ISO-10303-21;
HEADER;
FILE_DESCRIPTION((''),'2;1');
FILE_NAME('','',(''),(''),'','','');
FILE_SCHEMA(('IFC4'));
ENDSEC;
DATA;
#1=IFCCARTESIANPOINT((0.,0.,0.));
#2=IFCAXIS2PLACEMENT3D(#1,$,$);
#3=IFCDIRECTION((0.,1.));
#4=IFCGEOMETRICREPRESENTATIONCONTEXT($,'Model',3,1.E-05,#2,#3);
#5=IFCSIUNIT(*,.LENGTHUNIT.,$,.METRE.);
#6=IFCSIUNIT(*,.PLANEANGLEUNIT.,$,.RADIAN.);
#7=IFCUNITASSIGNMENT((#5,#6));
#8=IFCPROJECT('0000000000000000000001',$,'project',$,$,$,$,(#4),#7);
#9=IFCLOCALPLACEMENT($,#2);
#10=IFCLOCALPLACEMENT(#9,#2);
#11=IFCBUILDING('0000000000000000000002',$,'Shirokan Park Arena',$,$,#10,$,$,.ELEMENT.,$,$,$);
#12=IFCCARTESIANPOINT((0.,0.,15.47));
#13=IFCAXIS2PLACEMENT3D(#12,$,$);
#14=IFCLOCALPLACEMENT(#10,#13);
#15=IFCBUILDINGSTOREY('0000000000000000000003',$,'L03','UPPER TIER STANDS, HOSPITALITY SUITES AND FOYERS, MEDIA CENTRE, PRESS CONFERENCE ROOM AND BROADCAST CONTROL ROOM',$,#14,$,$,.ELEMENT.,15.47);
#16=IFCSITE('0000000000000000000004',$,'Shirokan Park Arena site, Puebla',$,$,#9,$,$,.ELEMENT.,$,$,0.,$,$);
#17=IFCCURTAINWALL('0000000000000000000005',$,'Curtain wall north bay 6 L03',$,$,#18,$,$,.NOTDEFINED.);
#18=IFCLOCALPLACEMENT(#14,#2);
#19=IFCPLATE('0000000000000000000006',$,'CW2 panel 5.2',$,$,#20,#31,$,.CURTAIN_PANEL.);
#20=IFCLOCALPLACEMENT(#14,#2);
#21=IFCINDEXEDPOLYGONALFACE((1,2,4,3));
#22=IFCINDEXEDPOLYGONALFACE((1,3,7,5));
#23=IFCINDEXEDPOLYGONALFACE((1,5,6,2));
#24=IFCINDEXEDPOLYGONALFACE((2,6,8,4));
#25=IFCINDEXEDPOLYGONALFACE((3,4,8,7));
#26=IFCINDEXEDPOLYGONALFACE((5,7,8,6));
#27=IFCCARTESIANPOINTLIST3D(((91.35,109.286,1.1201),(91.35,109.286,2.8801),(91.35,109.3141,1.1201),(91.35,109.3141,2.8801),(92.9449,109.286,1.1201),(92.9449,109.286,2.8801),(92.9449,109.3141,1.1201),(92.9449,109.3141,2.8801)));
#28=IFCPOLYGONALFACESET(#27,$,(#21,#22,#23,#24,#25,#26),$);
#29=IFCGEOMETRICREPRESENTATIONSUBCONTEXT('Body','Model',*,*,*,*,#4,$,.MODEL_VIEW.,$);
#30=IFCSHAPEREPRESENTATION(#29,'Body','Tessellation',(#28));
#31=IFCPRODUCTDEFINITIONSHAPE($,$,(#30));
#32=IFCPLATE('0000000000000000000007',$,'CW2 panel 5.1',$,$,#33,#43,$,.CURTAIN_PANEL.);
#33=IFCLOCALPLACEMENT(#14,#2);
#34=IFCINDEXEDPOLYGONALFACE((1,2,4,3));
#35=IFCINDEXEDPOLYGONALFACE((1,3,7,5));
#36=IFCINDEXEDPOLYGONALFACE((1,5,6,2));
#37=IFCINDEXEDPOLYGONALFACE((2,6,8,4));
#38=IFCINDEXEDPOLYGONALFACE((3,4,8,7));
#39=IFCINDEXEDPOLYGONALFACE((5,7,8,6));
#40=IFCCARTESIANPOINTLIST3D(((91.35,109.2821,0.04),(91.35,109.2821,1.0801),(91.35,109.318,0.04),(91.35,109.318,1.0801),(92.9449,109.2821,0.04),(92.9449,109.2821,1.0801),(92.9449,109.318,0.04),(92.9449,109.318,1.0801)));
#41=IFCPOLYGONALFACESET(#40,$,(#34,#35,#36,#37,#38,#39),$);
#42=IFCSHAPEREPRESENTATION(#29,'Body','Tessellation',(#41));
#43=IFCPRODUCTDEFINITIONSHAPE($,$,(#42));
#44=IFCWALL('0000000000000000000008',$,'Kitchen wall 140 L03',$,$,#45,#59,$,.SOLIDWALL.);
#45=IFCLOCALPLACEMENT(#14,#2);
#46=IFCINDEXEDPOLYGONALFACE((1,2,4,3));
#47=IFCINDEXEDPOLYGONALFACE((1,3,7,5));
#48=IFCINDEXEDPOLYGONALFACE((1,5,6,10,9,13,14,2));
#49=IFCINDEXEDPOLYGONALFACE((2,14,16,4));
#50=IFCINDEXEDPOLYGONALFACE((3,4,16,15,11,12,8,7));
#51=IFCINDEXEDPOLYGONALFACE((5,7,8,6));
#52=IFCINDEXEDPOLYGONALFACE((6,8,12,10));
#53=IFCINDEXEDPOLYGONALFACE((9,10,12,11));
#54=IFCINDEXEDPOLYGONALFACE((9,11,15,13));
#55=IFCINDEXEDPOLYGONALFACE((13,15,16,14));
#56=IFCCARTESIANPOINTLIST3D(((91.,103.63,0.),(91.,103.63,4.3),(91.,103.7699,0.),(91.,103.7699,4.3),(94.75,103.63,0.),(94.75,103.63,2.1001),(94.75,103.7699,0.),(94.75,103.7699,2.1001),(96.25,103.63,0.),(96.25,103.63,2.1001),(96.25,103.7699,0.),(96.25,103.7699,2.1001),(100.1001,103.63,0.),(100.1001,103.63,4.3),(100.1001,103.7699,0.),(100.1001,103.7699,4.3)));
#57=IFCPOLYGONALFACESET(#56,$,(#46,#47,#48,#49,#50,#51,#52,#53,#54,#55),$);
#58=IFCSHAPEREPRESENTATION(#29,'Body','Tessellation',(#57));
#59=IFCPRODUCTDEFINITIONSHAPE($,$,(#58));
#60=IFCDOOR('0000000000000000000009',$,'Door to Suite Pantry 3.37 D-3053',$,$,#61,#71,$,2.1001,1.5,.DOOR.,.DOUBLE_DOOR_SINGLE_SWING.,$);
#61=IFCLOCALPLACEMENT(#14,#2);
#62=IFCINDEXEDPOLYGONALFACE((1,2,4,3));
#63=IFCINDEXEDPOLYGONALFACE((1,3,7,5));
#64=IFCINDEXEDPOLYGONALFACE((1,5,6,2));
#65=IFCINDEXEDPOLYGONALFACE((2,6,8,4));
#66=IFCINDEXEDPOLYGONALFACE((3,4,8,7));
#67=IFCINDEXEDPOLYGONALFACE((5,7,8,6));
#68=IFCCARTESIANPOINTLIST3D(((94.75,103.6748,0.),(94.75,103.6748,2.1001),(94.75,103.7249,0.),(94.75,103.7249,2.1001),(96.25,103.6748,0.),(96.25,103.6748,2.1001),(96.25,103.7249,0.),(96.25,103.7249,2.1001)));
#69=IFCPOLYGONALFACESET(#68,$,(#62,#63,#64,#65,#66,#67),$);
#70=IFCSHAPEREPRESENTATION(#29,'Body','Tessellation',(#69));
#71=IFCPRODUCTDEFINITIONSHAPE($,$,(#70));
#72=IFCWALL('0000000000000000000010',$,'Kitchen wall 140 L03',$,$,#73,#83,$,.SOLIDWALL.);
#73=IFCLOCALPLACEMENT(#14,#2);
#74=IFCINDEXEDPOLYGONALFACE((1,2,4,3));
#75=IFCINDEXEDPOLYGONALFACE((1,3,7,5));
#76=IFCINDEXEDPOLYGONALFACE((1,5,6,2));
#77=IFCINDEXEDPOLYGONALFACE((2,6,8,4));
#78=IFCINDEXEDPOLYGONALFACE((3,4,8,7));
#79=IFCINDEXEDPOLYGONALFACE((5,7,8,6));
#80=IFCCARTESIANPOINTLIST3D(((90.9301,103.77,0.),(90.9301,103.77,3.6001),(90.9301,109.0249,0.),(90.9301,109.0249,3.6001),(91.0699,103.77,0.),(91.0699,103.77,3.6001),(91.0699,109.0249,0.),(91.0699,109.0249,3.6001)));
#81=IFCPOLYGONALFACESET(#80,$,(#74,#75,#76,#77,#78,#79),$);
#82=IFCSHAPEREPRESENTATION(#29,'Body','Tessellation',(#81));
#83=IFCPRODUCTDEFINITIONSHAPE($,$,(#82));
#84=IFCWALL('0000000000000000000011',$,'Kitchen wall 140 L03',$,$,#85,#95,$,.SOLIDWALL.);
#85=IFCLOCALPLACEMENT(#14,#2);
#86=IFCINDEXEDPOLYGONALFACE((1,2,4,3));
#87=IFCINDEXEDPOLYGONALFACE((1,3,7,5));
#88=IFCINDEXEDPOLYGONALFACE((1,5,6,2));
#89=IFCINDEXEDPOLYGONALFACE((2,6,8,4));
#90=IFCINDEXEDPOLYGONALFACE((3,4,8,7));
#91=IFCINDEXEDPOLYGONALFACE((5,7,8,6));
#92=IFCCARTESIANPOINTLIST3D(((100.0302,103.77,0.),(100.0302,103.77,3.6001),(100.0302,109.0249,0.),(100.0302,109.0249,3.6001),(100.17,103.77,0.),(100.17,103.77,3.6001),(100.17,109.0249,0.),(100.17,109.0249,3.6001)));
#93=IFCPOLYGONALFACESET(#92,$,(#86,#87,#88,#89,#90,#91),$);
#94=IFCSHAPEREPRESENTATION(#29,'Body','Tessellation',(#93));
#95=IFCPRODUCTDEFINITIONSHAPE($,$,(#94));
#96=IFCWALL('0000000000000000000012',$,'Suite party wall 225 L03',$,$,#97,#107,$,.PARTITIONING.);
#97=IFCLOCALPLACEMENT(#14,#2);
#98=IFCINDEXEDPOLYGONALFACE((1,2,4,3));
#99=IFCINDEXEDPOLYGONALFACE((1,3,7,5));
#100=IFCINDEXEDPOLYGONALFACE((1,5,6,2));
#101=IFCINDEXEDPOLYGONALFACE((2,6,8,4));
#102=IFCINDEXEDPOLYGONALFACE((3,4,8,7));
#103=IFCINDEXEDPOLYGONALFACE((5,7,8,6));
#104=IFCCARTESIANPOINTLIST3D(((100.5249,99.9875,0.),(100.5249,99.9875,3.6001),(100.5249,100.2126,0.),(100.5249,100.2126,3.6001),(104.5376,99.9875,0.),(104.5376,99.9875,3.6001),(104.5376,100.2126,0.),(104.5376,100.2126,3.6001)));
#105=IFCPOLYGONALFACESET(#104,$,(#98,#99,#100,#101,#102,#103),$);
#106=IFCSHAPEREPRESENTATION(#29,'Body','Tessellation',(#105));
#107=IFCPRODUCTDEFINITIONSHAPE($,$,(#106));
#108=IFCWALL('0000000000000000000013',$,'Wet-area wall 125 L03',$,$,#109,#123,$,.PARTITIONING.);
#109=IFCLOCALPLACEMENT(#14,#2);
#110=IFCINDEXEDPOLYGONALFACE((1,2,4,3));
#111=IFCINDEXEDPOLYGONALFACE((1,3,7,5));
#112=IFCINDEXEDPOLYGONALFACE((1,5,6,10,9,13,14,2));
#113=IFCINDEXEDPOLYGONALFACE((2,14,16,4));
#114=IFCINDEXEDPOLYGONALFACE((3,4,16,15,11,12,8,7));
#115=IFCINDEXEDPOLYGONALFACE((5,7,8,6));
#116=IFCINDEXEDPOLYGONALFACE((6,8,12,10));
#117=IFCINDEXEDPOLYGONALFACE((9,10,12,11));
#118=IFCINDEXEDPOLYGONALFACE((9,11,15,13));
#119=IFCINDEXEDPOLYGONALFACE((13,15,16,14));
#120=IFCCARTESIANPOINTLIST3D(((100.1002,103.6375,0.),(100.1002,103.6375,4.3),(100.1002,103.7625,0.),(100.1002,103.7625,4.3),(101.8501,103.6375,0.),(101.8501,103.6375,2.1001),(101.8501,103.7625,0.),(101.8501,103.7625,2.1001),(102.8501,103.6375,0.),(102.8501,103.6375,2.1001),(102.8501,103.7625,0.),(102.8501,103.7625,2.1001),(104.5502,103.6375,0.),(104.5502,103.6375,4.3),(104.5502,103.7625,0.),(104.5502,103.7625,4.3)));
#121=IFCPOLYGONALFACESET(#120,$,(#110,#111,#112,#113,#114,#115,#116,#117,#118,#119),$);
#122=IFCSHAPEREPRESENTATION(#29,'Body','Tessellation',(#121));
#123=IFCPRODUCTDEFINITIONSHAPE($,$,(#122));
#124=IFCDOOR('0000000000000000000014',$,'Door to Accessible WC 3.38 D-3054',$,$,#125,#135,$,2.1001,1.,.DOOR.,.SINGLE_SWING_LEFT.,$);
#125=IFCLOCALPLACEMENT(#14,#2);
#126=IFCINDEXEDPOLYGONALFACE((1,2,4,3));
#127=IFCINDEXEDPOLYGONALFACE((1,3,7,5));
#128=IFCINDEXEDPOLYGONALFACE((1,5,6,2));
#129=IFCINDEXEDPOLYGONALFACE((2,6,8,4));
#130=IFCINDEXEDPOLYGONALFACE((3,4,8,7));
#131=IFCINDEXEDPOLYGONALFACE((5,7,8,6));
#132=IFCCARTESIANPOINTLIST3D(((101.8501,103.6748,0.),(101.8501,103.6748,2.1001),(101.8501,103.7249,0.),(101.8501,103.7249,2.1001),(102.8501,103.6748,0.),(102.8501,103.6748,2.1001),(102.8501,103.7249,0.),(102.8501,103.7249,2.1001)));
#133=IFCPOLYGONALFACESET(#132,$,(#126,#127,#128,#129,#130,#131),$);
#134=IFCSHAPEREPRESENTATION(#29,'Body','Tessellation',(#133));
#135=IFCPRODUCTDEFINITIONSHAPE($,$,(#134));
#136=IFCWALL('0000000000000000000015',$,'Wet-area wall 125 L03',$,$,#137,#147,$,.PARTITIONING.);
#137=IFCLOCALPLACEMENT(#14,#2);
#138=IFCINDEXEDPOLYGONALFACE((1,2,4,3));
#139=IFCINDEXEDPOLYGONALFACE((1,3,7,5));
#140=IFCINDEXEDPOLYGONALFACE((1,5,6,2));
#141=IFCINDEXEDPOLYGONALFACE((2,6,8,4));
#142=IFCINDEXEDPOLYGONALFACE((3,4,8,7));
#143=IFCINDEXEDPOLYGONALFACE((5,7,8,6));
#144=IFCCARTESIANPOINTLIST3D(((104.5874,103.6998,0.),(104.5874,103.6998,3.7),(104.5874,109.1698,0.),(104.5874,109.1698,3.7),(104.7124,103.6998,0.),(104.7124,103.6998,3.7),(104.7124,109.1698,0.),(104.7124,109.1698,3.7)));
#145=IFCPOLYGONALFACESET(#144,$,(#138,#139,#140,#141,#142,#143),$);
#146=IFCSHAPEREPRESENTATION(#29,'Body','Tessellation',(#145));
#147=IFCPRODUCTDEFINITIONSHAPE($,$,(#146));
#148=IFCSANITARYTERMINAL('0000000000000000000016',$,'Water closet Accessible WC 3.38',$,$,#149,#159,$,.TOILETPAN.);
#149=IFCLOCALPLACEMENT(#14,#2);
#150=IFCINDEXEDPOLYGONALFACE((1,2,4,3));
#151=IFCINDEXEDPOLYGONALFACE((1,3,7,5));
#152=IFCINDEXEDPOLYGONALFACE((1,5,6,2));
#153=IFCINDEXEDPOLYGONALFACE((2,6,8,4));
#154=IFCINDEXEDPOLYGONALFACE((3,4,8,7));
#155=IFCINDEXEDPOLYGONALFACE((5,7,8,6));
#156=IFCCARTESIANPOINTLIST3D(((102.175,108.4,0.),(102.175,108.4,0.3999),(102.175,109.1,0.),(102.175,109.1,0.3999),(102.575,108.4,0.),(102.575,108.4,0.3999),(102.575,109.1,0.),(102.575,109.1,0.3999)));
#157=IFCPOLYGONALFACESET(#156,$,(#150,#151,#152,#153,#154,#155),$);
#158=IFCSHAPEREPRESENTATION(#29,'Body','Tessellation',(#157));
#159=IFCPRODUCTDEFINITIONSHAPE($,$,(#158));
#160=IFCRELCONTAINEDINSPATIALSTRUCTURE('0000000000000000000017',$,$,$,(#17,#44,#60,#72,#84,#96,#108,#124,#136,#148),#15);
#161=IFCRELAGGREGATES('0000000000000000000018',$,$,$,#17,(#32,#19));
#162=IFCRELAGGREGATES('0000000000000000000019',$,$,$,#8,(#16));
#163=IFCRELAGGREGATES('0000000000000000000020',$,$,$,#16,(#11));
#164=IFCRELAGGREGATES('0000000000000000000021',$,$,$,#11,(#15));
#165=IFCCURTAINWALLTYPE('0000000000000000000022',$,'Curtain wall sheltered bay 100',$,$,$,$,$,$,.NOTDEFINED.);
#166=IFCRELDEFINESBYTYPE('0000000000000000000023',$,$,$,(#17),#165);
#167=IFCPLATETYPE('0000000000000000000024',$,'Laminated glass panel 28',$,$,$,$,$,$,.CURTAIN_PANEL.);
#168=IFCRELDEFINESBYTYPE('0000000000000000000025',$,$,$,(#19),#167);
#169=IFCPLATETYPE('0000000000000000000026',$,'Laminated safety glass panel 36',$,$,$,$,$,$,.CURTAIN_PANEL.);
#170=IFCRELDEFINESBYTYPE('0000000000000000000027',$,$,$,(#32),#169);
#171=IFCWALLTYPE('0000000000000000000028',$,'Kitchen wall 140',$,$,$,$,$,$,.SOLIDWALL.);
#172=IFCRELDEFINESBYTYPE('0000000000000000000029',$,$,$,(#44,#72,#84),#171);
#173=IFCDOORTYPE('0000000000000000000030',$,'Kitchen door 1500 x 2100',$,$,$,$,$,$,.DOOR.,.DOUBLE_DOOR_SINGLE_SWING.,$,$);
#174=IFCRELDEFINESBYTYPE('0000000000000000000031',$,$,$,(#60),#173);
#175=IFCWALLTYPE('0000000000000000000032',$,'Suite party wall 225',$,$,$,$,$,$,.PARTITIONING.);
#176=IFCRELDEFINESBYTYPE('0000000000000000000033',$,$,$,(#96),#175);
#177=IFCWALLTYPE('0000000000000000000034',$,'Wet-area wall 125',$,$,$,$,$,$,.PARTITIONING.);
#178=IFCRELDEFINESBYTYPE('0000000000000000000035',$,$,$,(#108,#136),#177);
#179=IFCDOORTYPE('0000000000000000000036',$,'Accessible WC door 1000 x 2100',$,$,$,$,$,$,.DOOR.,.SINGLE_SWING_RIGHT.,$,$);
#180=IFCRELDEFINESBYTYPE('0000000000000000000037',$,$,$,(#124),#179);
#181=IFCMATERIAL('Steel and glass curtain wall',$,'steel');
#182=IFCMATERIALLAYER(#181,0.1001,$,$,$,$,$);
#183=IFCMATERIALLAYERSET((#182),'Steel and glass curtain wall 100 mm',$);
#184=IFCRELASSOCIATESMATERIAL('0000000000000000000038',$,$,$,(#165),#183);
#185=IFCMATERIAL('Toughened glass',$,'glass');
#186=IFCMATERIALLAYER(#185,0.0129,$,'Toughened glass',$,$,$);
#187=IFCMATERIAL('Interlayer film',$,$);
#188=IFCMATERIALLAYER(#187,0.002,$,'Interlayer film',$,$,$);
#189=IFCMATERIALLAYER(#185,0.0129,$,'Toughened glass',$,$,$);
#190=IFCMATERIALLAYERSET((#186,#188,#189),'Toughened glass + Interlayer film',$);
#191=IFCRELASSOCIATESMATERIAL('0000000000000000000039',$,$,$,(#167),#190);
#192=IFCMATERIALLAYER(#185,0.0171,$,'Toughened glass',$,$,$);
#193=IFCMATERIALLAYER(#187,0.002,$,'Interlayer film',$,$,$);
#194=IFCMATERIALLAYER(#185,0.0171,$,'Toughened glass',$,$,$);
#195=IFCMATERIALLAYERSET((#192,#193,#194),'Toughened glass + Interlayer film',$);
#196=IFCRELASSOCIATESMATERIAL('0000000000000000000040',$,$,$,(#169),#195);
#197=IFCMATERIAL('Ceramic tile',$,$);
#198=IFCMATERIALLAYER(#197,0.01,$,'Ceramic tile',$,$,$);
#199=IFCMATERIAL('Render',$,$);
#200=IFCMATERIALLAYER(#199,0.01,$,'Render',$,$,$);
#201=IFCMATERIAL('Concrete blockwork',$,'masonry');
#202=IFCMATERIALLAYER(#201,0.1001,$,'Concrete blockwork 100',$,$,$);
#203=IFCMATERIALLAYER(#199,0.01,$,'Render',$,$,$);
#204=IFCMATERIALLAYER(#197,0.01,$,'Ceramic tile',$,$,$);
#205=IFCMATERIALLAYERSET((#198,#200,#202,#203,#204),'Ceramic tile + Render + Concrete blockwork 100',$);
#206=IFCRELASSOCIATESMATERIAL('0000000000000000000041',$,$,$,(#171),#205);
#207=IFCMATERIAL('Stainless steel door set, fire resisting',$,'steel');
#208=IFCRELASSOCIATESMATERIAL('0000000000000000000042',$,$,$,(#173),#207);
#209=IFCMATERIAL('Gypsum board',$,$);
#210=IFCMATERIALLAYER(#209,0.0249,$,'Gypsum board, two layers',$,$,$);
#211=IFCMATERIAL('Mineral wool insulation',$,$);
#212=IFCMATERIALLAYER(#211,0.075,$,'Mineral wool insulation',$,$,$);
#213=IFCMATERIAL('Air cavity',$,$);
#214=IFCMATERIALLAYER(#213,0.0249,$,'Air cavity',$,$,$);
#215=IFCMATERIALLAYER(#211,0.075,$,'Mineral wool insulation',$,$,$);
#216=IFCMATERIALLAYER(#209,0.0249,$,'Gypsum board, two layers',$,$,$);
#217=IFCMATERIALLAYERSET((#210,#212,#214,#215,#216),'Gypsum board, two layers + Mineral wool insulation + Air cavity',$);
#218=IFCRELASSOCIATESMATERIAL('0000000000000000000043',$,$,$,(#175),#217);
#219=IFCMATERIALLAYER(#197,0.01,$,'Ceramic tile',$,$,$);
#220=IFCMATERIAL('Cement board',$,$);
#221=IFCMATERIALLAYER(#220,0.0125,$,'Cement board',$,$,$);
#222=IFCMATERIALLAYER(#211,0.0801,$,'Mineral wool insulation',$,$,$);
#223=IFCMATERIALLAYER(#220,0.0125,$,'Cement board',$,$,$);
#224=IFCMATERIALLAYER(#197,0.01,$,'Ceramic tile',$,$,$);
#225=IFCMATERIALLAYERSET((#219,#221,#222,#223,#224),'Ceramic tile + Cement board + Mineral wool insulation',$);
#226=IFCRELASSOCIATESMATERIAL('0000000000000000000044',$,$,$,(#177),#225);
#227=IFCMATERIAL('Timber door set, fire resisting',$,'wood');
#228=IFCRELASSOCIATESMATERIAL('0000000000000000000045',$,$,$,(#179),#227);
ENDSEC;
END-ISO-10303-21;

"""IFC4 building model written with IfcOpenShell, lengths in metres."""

from ifc_helpers import new_model, si_unit, direction, frame, frame_2d, origin, origin_2d, place, context, subcontext, project, spatial, rectangle, extrude, material, layer, layer_set, type_object, element, fill, aggregate, save


model = new_model("IFC4")

# Units and contexts
model_context = context("Model", 3, precision=1e-05, world=origin(), true_north=direction((0.0, 1.0)))
body_context = subcontext(model_context, "Body", "Model", "MODEL_VIEW")
ifc_project = project(units=[si_unit("LENGTHUNIT", "METRE"), si_unit("PLANEANGLEUNIT", "RADIAN")], contexts=[model_context])

# Site, building, storey
site_placement = place(None, origin())
site = spatial("IfcSite", under=ifc_project, at=site_placement, Name="Shirokan Park Arena site, Puebla", CompositionType="ELEMENT", RefElevation=0.0)
building_placement = place(site_placement, origin())
building = spatial("IfcBuilding", under=site, at=building_placement, Name="Shirokan Park Arena", CompositionType="ELEMENT")
storey_placement = place(building_placement, frame((0.0, 0.0, 15.47)))
storey = spatial("IfcBuildingStorey", under=building, at=storey_placement, Name="L03", Description="UPPER TIER STANDS, HOSPITALITY SUITES AND FOYERS, MEDIA CENTRE, PRESS CONFERENCE ROOM AND BROADCAST CONTROL ROOM", CompositionType="ELEMENT", Elevation=15.47)

# Curtain wall
ifc_material_1 = material(Name="Steel and glass curtain wall", Category="steel")
ifc_layer_1 = layer(ifc_material_1, 0.1001)
ifc_layer_set_1 = layer_set([ifc_layer_1], Name="Steel and glass curtain wall 100 mm")
curtain_wall_type = type_object("IfcCurtainWallType", Name="Curtain wall sheltered bay 100", PredefinedType="NOTDEFINED", material=ifc_layer_set_1)
curtain_wall_placement = place(storey_placement, origin())
curtain_wall = element("IfcCurtainWall", 1, at=curtain_wall_placement, inside=storey, type_object=curtain_wall_type, Name="Curtain wall north bay 6 L03", PredefinedType="NOTDEFINED")

# Plates
ifc_material_2 = material(Name="Mineral wool insulation")
ifc_material_3 = material(Name="Toughened glass", Category="glass")
ifc_layer_2 = layer(ifc_material_3, 0.0129, Name="Toughened glass")
ifc_material_4 = material(Name="Interlayer film")
ifc_layer_3 = layer(ifc_material_4, 0.002, Name="Interlayer film")
ifc_layer_4 = layer(ifc_material_3, 0.0129, Name="Toughened glass")
ifc_layer_set_2 = layer_set([ifc_layer_2, ifc_layer_3, ifc_layer_4], Name="Toughened glass + Interlayer film")
plate_type_1 = type_object("IfcPlateType", Name="Laminated glass panel 28", PredefinedType="CURTAIN_PANEL", material=ifc_layer_set_2)
plate_1_placement = place(storey_placement, frame((92.1475, 109.3, 1.1201), z_axis=(0.0, 0.0, 1.0), x_axis=(-1.0, 0.0, 0.0)))
plate_1 = element("IfcPlate", 2, at=plate_1_placement, type_object=plate_type_1, Name="CW2 panel 5.2", PredefinedType="CURTAIN_PANEL", context=body_context, shape_type="SweptSolid", body=[
    extrude(rectangle(XDim=1.595, YDim=0.0281, at=origin_2d()), origin(), (0.0, 0.0, 1.0), 1.76),
])
ifc_layer_5 = layer(ifc_material_3, 0.0171, Name="Toughened glass")
ifc_layer_6 = layer(ifc_material_4, 0.002, Name="Interlayer film")
ifc_layer_7 = layer(ifc_material_3, 0.0171, Name="Toughened glass")
ifc_layer_set_3 = layer_set([ifc_layer_5, ifc_layer_6, ifc_layer_7], Name="Toughened glass + Interlayer film")
plate_type_2 = type_object("IfcPlateType", Name="Laminated safety glass panel 36", PredefinedType="CURTAIN_PANEL", material=ifc_layer_set_3)
plate_2_placement = place(storey_placement, frame((92.1475, 109.3, 0.04), z_axis=(0.0, 0.0, 1.0), x_axis=(-1.0, 0.0, 0.0)))
plate_2 = element("IfcPlate", 3, at=plate_2_placement, type_object=plate_type_2, Name="CW2 panel 5.1", PredefinedType="CURTAIN_PANEL", context=body_context, shape_type="SweptSolid", body=[
    extrude(rectangle(XDim=1.595, YDim=0.0359, at=origin_2d()), origin(), (0.0, 0.0, 1.0), 1.04),
])
aggregate(curtain_wall, [plate_2, plate_1])

# Wall, opening, door
ifc_material_5 = material(Name="Gypsum board")
ifc_material_6 = material(Name="Ceramic tile")
ifc_layer_8 = layer(ifc_material_6, 0.01, Name="Ceramic tile")
ifc_material_7 = material(Name="Render")
ifc_layer_9 = layer(ifc_material_7, 0.01, Name="Render")
ifc_material_8 = material(Name="Concrete blockwork", Category="masonry")
ifc_layer_10 = layer(ifc_material_8, 0.1001, Name="Concrete blockwork 100")
ifc_layer_11 = layer(ifc_material_7, 0.01, Name="Render")
ifc_layer_12 = layer(ifc_material_6, 0.01, Name="Ceramic tile")
ifc_layer_set_4 = layer_set([ifc_layer_8, ifc_layer_9, ifc_layer_10, ifc_layer_11, ifc_layer_12], Name="Ceramic tile + Render + Concrete blockwork 100")
wall_type_1 = type_object("IfcWallType", Name="Kitchen wall 140", PredefinedType="SOLIDWALL", material=ifc_layer_set_4)
wall_1_placement = place(storey_placement, frame((91.0, 103.7, 0.0), z_axis=(0.0, 0.0, 1.0), x_axis=(1.0, 0.0, 0.0)))
wall_1 = element("IfcWall", 4, at=wall_1_placement, inside=storey, type_object=wall_type_1, Name="Kitchen wall 140 L03", PredefinedType="SOLIDWALL", context=body_context, shape_type="SweptSolid", body=[
    extrude(rectangle(XDim=9.1001, YDim=0.1399, at=frame_2d((4.55, 0.0))), origin(), (0.0, 0.0, 1.0), 4.3),
])
opening_1_placement = place(wall_1_placement, frame((3.75, 0.0, 0.0)))
opening_1 = element("IfcOpeningElement", 5, at=opening_1_placement, cuts=wall_1, PredefinedType="OPENING", context=body_context, shape_type="SweptSolid", body=[
    extrude(rectangle(XDim=1.5, YDim=2.1001, at=frame_2d((0.75, 1.05))), frame((0.0, 0.0798, 0.0), z_axis=(0.0, -1.0, 0.0), x_axis=(1.0, 0.0, 0.0)), (0.0, 0.0, 1.0), 0.1599),
])
ifc_material_9 = material(Name="Stainless steel door set, fire resisting", Category="steel")
door_type_1 = type_object("IfcDoorType", Name="Kitchen door 1500 x 2100", OperationType="DOUBLE_DOOR_SINGLE_SWING", PredefinedType="DOOR", material=ifc_material_9)
door_1_placement = place(opening_1_placement, origin())
door_1 = element("IfcDoor", 6, at=door_1_placement, inside=storey, type_object=door_type_1, Name="Door to Suite Pantry 3.37 D-3053", OperationType="DOUBLE_DOOR_SINGLE_SWING", OverallHeight=2.1001, OverallWidth=1.5, PredefinedType="DOOR", context=body_context, shape_type="SweptSolid", body=[
    extrude(rectangle(XDim=1.5, YDim=2.1001, at=frame_2d((0.75, 1.05))), frame((0.0, 0.0249, 0.0), z_axis=(0.0, -1.0, 0.0), x_axis=(1.0, 0.0, 0.0)), (0.0, 0.0, 1.0), 0.05),
])
fill(opening_1, door_1)

# Walls
for number, where, z_axis, x_axis, name in (
    (7, (91.0, 109.0249, 0.0), (0.0, 0.0, 1.0), (0.0, -1.0, 0.0), "Kitchen wall 140 L03"),
    (8, (100.1001, 109.0249, 0.0), (0.0, 0.0, 1.0), (0.0, -1.0, 0.0), "Kitchen wall 140 L03"),
):
    element("IfcWall", number, at=place(storey_placement, frame(where, z_axis=z_axis, x_axis=x_axis)), inside=storey, type_object=wall_type_1, Name=name, PredefinedType="SOLIDWALL", context=body_context, shape_type="SweptSolid", body=[
        extrude(rectangle(XDim=5.2549, YDim=0.1399, at=frame_2d((2.6274, 0.0))), origin(), (0.0, 0.0, 1.0), 3.6001),
    ])
ifc_layer_13 = layer(ifc_material_5, 0.0249, Name="Gypsum board, two layers")
ifc_layer_14 = layer(ifc_material_2, 0.075, Name="Mineral wool insulation")
ifc_material_10 = material(Name="Air cavity")
ifc_layer_15 = layer(ifc_material_10, 0.0249, Name="Air cavity")
ifc_layer_16 = layer(ifc_material_2, 0.075, Name="Mineral wool insulation")
ifc_layer_17 = layer(ifc_material_5, 0.0249, Name="Gypsum board, two layers")
ifc_layer_set_5 = layer_set([ifc_layer_13, ifc_layer_14, ifc_layer_15, ifc_layer_16, ifc_layer_17], Name="Gypsum board, two layers + Mineral wool insulation + Air cavity")
wall_type_2 = type_object("IfcWallType", Name="Suite party wall 225", PredefinedType="PARTITIONING", material=ifc_layer_set_5)
wall_2_placement = place(storey_placement, frame((104.5376, 100.1001, 0.0), z_axis=(0.0, 0.0, 1.0), x_axis=(-1.0, 0.0, 0.0)))
element("IfcWall", 9, at=wall_2_placement, inside=storey, type_object=wall_type_2, Name="Suite party wall 225 L03", PredefinedType="PARTITIONING", context=body_context, shape_type="SweptSolid", body=[
    extrude(rectangle(XDim=4.0127, YDim=0.2251, at=frame_2d((2.0063, 0.0))), origin(), (0.0, 0.0, 1.0), 3.6001),
])

# Wall, opening, door
ifc_layer_18 = layer(ifc_material_6, 0.01, Name="Ceramic tile")
ifc_material_11 = material(Name="Cement board")
ifc_layer_19 = layer(ifc_material_11, 0.0125, Name="Cement board")
ifc_layer_20 = layer(ifc_material_2, 0.0801, Name="Mineral wool insulation")
ifc_layer_21 = layer(ifc_material_11, 0.0125, Name="Cement board")
ifc_layer_22 = layer(ifc_material_6, 0.01, Name="Ceramic tile")
ifc_layer_set_6 = layer_set([ifc_layer_18, ifc_layer_19, ifc_layer_20, ifc_layer_21, ifc_layer_22], Name="Ceramic tile + Cement board + Mineral wool insulation")
wall_type_3 = type_object("IfcWallType", Name="Wet-area wall 125", PredefinedType="PARTITIONING", material=ifc_layer_set_6)
wall_3_placement = place(storey_placement, frame((100.1001, 103.7, 0.0), z_axis=(0.0, 0.0, 1.0), x_axis=(1.0, 0.0, 0.0)))
wall_3 = element("IfcWall", 10, at=wall_3_placement, inside=storey, type_object=wall_type_3, Name="Wet-area wall 125 L03", PredefinedType="PARTITIONING", context=body_context, shape_type="SweptSolid", body=[
    extrude(rectangle(XDim=4.45, YDim=0.125, at=frame_2d((2.2251, 0.0))), origin(), (0.0, 0.0, 1.0), 4.3),
])
opening_2_placement = place(wall_3_placement, frame((1.75, 0.0, 0.0)))
opening_2 = element("IfcOpeningElement", 11, at=opening_2_placement, cuts=wall_3, PredefinedType="OPENING", context=body_context, shape_type="SweptSolid", body=[
    extrude(rectangle(XDim=1.0, YDim=2.1001, at=frame_2d((0.5, 1.05))), frame((0.0, 0.0725, 0.0), z_axis=(0.0, -1.0, 0.0), x_axis=(1.0, 0.0, 0.0)), (0.0, 0.0, 1.0), 0.145),
])
ifc_material_12 = material(Name="Timber door set, fire resisting", Category="wood")
door_type_2 = type_object("IfcDoorType", Name="Accessible WC door 1000 x 2100", OperationType="SINGLE_SWING_RIGHT", PredefinedType="DOOR", material=ifc_material_12)
door_2_placement = place(opening_2_placement, origin())
door_2 = element("IfcDoor", 12, at=door_2_placement, inside=storey, type_object=door_type_2, Name="Door to Accessible WC 3.38 D-3054", OperationType="SINGLE_SWING_LEFT", OverallHeight=2.1001, OverallWidth=1.0, PredefinedType="DOOR", context=body_context, shape_type="SweptSolid", body=[
    extrude(rectangle(XDim=1.0, YDim=2.1001, at=frame_2d((0.5, 1.05))), frame((0.0, 0.0249, 0.0), z_axis=(0.0, -1.0, 0.0), x_axis=(1.0, 0.0, 0.0)), (0.0, 0.0, 1.0), 0.05),
])
fill(opening_2, door_2)

# Wall
wall_4_placement = place(storey_placement, frame((104.6499, 103.7, 0.0), z_axis=(0.0, 0.0, 1.0), x_axis=(0.0, 1.0, 0.0)))
element("IfcWall", 13, at=wall_4_placement, inside=storey, type_object=wall_type_3, Name="Wet-area wall 125 L03", PredefinedType="PARTITIONING", context=body_context, shape_type="SweptSolid", body=[
    extrude(rectangle(XDim=5.47, YDim=0.125, at=frame_2d((2.7349, 0.0))), origin(), (0.0, 0.0, 1.0), 3.7),
])

# Sanitary terminal
sanitary_terminal_1_placement = place(storey_placement, frame((102.375, 108.75, 0.0), z_axis=(0.0, 0.0, 1.0), x_axis=(1.0, 0.0, 0.0)))
element("IfcSanitaryTerminal", 14, at=sanitary_terminal_1_placement, inside=storey, Name="Water closet Accessible WC 3.38", PredefinedType="TOILETPAN", context=body_context, shape_type="SweptSolid", body=[
    extrude(rectangle(XDim=0.3999, YDim=0.7, at=origin_2d()), origin(), (0.0, 0.0, 1.0), 0.3999),
])

save(model, "model.ifc")
